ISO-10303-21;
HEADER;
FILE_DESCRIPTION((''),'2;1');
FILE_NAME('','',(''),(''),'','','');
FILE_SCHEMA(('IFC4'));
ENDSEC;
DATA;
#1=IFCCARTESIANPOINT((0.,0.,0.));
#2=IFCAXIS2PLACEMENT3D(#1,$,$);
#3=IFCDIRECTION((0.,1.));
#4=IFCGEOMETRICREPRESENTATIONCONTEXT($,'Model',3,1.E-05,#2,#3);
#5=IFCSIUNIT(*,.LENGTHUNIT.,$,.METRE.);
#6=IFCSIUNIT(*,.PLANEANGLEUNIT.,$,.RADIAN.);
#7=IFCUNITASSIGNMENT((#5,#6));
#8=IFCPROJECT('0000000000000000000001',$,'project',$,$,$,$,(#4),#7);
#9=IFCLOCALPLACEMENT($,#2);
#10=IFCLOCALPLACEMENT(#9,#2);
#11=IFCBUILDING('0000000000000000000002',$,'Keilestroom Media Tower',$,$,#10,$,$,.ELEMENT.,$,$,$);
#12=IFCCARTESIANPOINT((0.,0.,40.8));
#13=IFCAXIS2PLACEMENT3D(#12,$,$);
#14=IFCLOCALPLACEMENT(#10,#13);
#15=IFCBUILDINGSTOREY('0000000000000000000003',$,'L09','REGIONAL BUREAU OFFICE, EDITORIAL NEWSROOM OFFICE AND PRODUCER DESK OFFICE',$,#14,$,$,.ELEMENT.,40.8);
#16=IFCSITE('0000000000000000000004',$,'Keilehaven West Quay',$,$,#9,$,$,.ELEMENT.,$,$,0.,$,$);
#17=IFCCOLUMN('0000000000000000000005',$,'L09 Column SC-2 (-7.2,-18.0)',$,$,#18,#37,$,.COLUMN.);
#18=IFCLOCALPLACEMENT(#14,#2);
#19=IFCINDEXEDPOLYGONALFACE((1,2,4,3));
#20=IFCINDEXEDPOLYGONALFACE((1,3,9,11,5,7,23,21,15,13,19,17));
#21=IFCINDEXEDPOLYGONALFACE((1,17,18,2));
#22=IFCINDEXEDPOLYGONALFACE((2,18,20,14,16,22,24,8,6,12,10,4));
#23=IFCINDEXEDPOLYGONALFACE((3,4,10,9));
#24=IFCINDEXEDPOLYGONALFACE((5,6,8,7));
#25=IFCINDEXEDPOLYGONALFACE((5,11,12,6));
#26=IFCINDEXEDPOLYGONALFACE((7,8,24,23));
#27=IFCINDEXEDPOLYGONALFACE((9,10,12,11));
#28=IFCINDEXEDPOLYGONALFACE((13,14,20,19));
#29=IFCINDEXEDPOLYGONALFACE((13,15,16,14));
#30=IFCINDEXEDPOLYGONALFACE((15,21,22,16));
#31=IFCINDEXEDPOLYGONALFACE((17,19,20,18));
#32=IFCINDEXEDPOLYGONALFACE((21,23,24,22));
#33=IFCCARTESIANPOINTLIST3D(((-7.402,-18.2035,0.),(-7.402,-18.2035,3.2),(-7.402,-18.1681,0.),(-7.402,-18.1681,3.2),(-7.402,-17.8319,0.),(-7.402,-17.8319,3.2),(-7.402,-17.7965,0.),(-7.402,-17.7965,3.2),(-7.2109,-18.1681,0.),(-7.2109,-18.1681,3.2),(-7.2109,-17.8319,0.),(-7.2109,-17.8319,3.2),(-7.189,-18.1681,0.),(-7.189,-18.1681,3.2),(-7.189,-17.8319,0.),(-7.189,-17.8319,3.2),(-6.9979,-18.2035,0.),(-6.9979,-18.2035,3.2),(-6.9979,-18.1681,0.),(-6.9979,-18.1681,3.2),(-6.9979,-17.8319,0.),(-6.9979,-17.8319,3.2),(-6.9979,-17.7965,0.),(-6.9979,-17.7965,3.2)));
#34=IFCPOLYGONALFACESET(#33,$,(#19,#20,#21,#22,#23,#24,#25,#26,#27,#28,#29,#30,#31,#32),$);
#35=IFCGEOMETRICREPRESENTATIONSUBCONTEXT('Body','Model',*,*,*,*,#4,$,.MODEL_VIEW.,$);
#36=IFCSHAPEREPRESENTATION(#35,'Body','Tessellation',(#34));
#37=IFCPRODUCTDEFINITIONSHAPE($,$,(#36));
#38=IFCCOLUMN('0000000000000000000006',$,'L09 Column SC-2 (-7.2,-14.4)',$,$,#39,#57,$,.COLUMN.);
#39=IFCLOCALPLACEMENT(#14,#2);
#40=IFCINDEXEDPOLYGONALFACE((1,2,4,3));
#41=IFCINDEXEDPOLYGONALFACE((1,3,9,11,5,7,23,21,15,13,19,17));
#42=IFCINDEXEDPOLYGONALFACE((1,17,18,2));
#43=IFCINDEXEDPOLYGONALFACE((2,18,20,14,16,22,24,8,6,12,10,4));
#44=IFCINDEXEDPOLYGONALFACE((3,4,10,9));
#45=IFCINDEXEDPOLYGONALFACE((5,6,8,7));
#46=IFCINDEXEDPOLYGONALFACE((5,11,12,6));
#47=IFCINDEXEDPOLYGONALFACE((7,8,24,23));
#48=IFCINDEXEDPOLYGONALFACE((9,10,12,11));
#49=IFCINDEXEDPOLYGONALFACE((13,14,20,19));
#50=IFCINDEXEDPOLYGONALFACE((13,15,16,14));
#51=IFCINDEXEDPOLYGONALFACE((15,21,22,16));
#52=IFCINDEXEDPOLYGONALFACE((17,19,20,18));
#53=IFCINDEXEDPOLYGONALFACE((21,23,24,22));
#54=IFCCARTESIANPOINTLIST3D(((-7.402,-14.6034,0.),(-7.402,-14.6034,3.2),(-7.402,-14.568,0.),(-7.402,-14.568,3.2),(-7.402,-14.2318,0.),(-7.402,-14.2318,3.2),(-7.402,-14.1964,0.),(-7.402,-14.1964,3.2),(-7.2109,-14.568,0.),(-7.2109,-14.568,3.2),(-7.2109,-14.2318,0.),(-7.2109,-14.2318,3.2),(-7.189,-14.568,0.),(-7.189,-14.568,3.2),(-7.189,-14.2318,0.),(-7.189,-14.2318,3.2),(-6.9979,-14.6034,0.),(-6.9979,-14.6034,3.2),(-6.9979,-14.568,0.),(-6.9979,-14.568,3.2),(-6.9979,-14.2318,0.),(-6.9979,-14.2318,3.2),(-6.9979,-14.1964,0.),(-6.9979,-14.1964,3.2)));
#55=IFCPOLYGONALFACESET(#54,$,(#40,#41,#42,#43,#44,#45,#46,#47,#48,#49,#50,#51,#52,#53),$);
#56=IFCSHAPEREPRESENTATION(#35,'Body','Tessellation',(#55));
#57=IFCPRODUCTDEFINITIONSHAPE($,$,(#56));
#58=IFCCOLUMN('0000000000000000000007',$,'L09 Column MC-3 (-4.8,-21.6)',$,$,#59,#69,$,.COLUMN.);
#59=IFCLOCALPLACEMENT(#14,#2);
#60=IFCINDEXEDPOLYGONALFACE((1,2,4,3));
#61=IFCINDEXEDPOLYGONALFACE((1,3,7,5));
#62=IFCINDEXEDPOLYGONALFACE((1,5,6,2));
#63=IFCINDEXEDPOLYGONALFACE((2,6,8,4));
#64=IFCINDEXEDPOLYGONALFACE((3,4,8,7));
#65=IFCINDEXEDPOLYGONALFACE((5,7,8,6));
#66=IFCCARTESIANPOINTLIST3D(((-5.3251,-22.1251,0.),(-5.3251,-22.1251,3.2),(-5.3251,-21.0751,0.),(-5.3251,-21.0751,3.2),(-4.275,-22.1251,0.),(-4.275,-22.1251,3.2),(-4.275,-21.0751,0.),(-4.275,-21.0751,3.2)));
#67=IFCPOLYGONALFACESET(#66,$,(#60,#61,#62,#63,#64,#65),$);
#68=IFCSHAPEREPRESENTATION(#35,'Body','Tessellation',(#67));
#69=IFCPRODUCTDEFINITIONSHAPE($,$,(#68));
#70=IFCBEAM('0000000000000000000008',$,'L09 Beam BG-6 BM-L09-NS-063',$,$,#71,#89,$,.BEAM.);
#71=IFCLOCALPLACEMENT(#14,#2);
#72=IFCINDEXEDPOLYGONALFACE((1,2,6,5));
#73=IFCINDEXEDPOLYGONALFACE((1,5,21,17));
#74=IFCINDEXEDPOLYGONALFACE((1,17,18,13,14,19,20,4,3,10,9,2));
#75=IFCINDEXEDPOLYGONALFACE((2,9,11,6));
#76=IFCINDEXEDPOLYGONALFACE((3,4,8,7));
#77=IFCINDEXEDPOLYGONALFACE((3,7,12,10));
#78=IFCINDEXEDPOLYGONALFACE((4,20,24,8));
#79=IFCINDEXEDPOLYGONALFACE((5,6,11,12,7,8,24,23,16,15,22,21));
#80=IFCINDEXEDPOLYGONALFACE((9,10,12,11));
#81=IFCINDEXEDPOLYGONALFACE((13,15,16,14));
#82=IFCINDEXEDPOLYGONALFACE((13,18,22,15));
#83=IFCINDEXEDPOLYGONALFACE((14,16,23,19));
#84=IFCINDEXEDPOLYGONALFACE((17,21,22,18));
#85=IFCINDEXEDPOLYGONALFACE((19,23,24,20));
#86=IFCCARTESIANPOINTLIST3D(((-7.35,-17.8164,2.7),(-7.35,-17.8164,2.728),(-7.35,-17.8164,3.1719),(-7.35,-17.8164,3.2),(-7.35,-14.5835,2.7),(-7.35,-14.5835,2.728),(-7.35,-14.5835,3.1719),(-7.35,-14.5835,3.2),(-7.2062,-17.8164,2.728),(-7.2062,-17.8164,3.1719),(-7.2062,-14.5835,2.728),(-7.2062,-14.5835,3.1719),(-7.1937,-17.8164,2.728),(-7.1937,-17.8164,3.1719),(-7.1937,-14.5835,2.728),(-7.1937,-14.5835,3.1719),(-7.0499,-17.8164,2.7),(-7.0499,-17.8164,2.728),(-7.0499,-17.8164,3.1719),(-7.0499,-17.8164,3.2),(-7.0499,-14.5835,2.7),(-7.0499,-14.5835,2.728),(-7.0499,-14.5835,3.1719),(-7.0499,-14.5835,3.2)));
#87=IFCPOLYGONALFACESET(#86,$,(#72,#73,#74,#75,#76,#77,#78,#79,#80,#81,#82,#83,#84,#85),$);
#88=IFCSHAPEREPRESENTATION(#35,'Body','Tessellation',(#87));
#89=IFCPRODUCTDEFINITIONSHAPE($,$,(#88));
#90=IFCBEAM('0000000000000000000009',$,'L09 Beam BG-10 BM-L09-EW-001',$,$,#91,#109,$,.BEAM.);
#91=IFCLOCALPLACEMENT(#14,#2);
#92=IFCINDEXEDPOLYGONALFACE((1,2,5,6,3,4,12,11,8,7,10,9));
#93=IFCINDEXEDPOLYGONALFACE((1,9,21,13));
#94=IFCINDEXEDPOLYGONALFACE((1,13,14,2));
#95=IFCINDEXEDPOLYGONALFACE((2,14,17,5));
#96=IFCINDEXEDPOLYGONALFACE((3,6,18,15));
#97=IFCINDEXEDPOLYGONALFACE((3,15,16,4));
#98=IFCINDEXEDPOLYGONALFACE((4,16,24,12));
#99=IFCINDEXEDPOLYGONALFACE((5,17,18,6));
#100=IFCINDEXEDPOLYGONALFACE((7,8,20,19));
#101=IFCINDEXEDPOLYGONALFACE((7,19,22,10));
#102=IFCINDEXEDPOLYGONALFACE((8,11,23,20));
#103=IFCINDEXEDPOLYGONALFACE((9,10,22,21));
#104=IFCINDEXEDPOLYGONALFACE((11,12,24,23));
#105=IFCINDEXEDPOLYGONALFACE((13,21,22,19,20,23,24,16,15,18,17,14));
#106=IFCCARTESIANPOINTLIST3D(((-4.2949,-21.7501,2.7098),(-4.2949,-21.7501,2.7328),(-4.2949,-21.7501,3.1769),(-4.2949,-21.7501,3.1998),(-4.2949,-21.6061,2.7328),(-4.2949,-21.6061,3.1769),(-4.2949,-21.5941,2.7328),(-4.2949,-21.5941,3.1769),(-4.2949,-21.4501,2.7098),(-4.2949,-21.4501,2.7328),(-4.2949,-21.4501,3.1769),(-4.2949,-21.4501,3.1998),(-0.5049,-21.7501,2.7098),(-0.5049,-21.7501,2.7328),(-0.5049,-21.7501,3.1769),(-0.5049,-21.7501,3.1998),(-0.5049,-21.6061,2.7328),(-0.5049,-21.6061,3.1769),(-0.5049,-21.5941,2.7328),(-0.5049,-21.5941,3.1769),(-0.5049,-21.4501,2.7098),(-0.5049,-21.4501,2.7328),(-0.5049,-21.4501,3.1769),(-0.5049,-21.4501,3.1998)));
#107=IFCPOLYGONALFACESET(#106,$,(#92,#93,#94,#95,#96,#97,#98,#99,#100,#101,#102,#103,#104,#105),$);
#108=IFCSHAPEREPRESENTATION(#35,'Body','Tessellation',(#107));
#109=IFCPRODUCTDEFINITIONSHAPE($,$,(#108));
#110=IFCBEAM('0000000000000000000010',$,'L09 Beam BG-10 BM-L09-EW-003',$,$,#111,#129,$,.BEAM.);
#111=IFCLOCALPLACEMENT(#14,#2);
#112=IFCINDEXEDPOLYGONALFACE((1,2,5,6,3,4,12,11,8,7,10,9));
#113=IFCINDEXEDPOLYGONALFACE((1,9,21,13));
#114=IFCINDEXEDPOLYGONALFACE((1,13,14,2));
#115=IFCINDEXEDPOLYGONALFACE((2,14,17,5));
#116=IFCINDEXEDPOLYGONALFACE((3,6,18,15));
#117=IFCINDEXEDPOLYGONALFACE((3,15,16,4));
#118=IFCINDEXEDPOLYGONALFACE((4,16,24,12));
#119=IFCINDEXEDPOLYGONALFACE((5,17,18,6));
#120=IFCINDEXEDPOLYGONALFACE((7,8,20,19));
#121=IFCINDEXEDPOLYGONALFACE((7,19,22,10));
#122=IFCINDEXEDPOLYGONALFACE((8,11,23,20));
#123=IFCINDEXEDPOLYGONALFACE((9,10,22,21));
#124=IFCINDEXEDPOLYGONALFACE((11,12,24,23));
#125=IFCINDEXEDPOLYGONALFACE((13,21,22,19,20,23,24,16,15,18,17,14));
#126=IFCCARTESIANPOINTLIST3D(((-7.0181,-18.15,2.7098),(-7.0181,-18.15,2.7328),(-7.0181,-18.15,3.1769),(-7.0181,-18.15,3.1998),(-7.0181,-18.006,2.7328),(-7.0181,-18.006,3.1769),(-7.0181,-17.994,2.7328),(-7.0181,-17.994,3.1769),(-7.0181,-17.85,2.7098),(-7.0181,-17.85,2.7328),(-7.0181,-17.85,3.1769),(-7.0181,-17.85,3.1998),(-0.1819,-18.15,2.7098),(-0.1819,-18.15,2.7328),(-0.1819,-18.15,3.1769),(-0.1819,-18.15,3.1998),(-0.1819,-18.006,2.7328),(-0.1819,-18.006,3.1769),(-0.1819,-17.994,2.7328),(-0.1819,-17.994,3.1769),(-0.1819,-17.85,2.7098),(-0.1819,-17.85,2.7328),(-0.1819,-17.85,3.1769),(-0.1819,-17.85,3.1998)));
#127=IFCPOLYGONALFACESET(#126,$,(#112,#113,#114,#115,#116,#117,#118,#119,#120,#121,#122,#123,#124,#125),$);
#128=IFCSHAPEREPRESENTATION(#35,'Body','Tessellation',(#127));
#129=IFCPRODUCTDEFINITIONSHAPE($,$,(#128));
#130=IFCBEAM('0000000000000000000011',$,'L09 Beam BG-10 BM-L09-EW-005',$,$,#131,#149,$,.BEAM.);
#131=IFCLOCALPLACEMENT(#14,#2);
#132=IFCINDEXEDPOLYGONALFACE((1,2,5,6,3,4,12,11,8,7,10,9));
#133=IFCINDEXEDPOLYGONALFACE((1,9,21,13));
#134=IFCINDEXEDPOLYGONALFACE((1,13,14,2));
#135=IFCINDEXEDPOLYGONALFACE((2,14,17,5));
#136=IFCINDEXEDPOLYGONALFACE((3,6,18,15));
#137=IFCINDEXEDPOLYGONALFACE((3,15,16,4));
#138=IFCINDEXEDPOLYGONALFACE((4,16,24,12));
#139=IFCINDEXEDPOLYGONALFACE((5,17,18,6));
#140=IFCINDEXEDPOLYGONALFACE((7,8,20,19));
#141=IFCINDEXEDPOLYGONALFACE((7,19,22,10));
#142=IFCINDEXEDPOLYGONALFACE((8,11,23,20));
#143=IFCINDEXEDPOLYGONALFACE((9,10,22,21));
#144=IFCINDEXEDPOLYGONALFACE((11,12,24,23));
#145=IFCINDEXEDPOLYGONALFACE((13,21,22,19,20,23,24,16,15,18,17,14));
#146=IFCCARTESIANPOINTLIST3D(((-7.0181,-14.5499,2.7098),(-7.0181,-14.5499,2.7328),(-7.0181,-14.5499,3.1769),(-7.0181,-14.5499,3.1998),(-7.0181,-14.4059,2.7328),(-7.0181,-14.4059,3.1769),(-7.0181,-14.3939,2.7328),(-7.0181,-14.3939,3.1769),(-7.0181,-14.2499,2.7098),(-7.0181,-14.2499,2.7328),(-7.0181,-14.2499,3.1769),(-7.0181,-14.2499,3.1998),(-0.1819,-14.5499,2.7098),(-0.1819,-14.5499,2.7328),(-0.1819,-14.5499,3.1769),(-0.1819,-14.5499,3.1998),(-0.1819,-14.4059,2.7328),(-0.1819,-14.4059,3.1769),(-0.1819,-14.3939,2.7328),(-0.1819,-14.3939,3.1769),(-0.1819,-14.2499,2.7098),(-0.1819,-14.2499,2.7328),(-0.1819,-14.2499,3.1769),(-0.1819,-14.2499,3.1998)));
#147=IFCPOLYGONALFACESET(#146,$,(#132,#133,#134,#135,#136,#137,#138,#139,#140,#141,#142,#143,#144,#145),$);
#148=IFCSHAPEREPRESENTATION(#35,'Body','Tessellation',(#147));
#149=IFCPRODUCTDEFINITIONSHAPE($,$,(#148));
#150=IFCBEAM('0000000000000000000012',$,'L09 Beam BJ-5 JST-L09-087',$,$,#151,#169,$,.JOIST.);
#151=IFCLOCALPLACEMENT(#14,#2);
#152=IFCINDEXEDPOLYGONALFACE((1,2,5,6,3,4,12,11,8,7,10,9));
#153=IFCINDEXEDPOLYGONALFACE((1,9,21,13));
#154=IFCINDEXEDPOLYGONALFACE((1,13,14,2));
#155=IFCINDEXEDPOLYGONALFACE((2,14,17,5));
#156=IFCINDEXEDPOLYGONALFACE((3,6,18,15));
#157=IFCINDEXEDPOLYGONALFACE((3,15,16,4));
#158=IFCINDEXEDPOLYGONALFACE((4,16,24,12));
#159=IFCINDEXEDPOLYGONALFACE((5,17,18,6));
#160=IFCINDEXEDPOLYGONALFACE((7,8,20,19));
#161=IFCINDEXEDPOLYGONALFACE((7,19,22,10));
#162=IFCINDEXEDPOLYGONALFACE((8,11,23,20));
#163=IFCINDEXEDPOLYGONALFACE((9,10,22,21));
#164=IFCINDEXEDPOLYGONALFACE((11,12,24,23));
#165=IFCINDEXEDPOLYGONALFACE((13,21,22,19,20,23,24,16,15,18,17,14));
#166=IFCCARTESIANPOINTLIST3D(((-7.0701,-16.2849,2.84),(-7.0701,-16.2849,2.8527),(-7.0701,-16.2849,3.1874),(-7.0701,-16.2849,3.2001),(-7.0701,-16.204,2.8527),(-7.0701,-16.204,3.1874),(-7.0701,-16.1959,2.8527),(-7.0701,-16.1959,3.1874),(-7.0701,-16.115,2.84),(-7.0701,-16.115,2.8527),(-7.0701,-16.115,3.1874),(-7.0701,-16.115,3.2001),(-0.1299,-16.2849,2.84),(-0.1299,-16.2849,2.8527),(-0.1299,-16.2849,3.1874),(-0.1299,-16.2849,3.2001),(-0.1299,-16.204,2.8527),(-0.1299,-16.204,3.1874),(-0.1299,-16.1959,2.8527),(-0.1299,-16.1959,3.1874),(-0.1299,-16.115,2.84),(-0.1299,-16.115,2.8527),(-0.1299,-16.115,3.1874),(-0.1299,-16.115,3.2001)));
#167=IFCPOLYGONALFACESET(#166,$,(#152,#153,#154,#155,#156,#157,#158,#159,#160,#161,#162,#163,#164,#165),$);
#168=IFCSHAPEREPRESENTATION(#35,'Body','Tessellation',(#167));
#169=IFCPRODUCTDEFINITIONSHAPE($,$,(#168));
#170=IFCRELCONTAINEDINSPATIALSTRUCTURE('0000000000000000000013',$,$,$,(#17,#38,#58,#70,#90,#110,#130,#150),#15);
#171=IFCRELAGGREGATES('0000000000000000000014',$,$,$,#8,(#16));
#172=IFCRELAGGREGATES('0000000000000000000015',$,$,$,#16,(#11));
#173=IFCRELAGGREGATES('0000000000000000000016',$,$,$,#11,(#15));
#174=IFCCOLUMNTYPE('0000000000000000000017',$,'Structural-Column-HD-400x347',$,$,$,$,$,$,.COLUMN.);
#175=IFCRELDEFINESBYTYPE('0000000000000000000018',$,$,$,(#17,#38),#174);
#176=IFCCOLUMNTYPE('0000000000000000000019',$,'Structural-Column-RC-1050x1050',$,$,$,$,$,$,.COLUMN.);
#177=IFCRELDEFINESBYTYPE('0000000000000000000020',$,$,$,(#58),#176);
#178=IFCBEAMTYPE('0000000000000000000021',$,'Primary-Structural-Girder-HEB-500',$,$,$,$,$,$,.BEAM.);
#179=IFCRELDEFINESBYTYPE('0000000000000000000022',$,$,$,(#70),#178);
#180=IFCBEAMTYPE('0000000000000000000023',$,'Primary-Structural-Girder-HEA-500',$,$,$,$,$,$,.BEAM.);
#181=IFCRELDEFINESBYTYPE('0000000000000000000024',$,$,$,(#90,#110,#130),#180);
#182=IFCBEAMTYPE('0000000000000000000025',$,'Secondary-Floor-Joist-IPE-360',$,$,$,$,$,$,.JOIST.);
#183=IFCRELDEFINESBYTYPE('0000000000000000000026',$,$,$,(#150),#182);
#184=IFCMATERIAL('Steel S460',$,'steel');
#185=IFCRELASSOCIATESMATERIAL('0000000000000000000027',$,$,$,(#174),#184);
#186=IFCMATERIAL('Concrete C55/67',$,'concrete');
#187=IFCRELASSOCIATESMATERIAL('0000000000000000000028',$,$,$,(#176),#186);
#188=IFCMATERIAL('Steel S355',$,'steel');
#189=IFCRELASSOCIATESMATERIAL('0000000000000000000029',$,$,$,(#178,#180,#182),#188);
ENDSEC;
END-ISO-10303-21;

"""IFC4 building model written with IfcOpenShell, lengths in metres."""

from ifc_helpers import new_model, si_unit, direction, frame, origin, origin_2d, place, context, subcontext, project, spatial, rectangle, i_section, extrude, source, transform, mapped, material, material_profile, profile_set, type_object, element, save


model = new_model("IFC4")

# Units and contexts
model_context = context("Model", 3, precision=1e-05, world=origin(), true_north=direction((0.0, 1.0)))
body_context = subcontext(model_context, "Body", "Model", "MODEL_VIEW")
ifc_project = project(units=[si_unit("LENGTHUNIT", "METRE"), si_unit("PLANEANGLEUNIT", "RADIAN")], contexts=[model_context])

# Site, building, storey
site_placement = place(None, origin())
site = spatial("IfcSite", under=ifc_project, at=site_placement, Name="Keilehaven West Quay", CompositionType="ELEMENT", RefElevation=0.0)
building_placement = place(site_placement, origin())
building = spatial("IfcBuilding", under=site, at=building_placement, Name="Keilestroom Media Tower", CompositionType="ELEMENT")
storey_placement = place(building_placement, frame((0.0, 0.0, 40.8)))
storey = spatial("IfcBuildingStorey", under=building, at=storey_placement, Name="L09", Description="REGIONAL BUREAU OFFICE, EDITORIAL NEWSROOM OFFICE AND PRODUCER DESK OFFICE", CompositionType="ELEMENT", Elevation=40.8)

# Columns
ifc_material_1 = material(Name="Steel S460", Category="steel")
ifc_material_profile_1 = material_profile(ifc_material_1, i_section(OverallWidth=0.4041, OverallDepth=0.407, WebThickness=0.022, FlangeThickness=0.0354, at=origin_2d()), Name="HD 400x347")
ifc_profile_set_1 = profile_set([ifc_material_profile_1], Name="Steel S460")
column_type_1 = type_object("IfcColumnType", Name="Structural-Column-HD-400x347", PredefinedType="COLUMN", material=ifc_profile_set_1)
shared_shape_1 = source(origin(), body_context, "Body", "SweptSolid", [
    extrude(i_section(OverallWidth=0.4041, OverallDepth=0.407, WebThickness=0.022, FlangeThickness=0.0354, at=origin_2d()), origin(), (0.0, 0.0, 1.0), 3.2),
])
for number, where, z_axis, x_axis, name in (
    (1, (-7.2, -18.0, 0.0), (0.0, 0.0, 1.0), (1.0, 0.0, 0.0), "L09 Column SC-2 (-7.2,-18.0)"),
    (2, (-7.2, -14.3999, 0.0), (0.0, 0.0, 1.0), (1.0, 0.0, 0.0), "L09 Column SC-2 (-7.2,-14.4)"),
):
    element("IfcColumn", number, at=place(storey_placement, frame(where, z_axis=z_axis, x_axis=x_axis)), inside=storey, type_object=column_type_1, Name=name, PredefinedType="COLUMN", context=body_context, shape_type="MappedRepresentation", body=[
        mapped(shared_shape_1, transform((0.0, 0.0, 0.0), x_axis=(1.0, 0.0, 0.0), y_axis=(0.0, 1.0, 0.0), z_axis=(0.0, 0.0, 1.0), scale=1.0)),
    ])
ifc_material_2 = material(Name="Concrete C55/67", Category="concrete")
ifc_material_profile_2 = material_profile(ifc_material_2, rectangle(XDim=1.05, YDim=1.05, at=origin_2d()), Name="RC 1050x1050")
ifc_profile_set_2 = profile_set([ifc_material_profile_2], Name="Concrete C55/67")
column_type_2 = type_object("IfcColumnType", Name="Structural-Column-RC-1050x1050", PredefinedType="COLUMN", material=ifc_profile_set_2)
shared_shape_2 = source(origin(), body_context, "Body", "SweptSolid", [
    extrude(rectangle(XDim=1.05, YDim=1.05, at=origin_2d()), origin(), (0.0, 0.0, 1.0), 3.2),
])
column_placement = place(storey_placement, frame((-4.8, -21.6001, 0.0), z_axis=(0.0, 0.0, 1.0), x_axis=(1.0, 0.0, 0.0)))
element("IfcColumn", 3, at=column_placement, inside=storey, type_object=column_type_2, Name="L09 Column MC-3 (-4.8,-21.6)", PredefinedType="COLUMN", context=body_context, shape_type="MappedRepresentation", body=[
    mapped(shared_shape_2, transform((0.0, 0.0, 0.0), x_axis=(1.0, 0.0, 0.0), y_axis=(0.0, 1.0, 0.0), z_axis=(0.0, 0.0, 1.0), scale=1.0)),
])

# Beams
ifc_material_3 = material(Name="Steel S355", Category="steel")
ifc_material_profile_3 = material_profile(ifc_material_3, i_section(OverallWidth=0.3, OverallDepth=0.5, WebThickness=0.0125, FlangeThickness=0.0281, at=origin_2d()), Name="HEB 500")
ifc_profile_set_3 = profile_set([ifc_material_profile_3], Name="Steel S355")
beam_type_1 = type_object("IfcBeamType", Name="Primary-Structural-Girder-HEB-500", PredefinedType="BEAM", material=ifc_profile_set_3)
shared_shape_3 = source(origin(), body_context, "Body", "SweptSolid", [
    extrude(i_section(OverallWidth=0.3, OverallDepth=0.5, WebThickness=0.0125, FlangeThickness=0.0281, at=origin_2d()), origin(), (0.0, 0.0, 1.0), 3.2329),
])
beam_1_placement = place(storey_placement, frame((-7.2, -17.8164, 2.95), z_axis=(0.0, 1.0, 0.0), x_axis=(-1.0, 0.0, 0.0)))
element("IfcBeam", 4, at=beam_1_placement, inside=storey, type_object=beam_type_1, Name="L09 Beam BG-6 BM-L09-NS-063", PredefinedType="BEAM", context=body_context, shape_type="MappedRepresentation", body=[
    mapped(shared_shape_3, transform((0.0, 0.0, 0.0), x_axis=(1.0, 0.0, 0.0), y_axis=(0.0, 1.0, 0.0), z_axis=(0.0, 0.0, 1.0), scale=1.0)),
])
ifc_material_profile_4 = material_profile(ifc_material_3, i_section(OverallWidth=0.3, OverallDepth=0.49, WebThickness=0.012, FlangeThickness=0.0229, at=origin_2d()), Name="HEA 500")
ifc_profile_set_4 = profile_set([ifc_material_profile_4], Name="Steel S355")
beam_type_2 = type_object("IfcBeamType", Name="Primary-Structural-Girder-HEA-500", PredefinedType="BEAM", material=ifc_profile_set_4)
shared_shape_4 = source(origin(), body_context, "Body", "SweptSolid", [
    extrude(i_section(OverallWidth=0.3, OverallDepth=0.49, WebThickness=0.012, FlangeThickness=0.0229, at=origin_2d()), origin(), (0.0, 0.0, 1.0), 3.79),
])
beam_2_placement = place(storey_placement, frame((-4.2949, -21.6001, 2.9548), z_axis=(1.0, 0.0, 0.0), x_axis=(0.0, 1.0, 0.0)))
element("IfcBeam", 5, at=beam_2_placement, inside=storey, type_object=beam_type_2, Name="L09 Beam BG-10 BM-L09-EW-001", PredefinedType="BEAM", context=body_context, shape_type="MappedRepresentation", body=[
    mapped(shared_shape_4, transform((0.0, 0.0, 0.0), x_axis=(1.0, 0.0, 0.0), y_axis=(0.0, 1.0, 0.0), z_axis=(0.0, 0.0, 1.0), scale=1.0)),
])
shared_shape_5 = source(origin(), body_context, "Body", "SweptSolid", [
    extrude(i_section(OverallWidth=0.3, OverallDepth=0.49, WebThickness=0.012, FlangeThickness=0.0229, at=origin_2d()), origin(), (0.0, 0.0, 1.0), 6.8362),
])
for number, where, z_axis, x_axis, name in (
    (6, (-7.0181, -18.0, 2.9548), (1.0, 0.0, 0.0), (0.0, 1.0, 0.0), "L09 Beam BG-10 BM-L09-EW-003"),
    (7, (-7.0181, -14.3999, 2.9548), (1.0, 0.0, 0.0), (0.0, 1.0, 0.0), "L09 Beam BG-10 BM-L09-EW-005"),
):
    element("IfcBeam", number, at=place(storey_placement, frame(where, z_axis=z_axis, x_axis=x_axis)), inside=storey, type_object=beam_type_2, Name=name, PredefinedType="BEAM", context=body_context, shape_type="MappedRepresentation", body=[
        mapped(shared_shape_5, transform((0.0, 0.0, 0.0), x_axis=(1.0, 0.0, 0.0), y_axis=(0.0, 1.0, 0.0), z_axis=(0.0, 0.0, 1.0), scale=1.0)),
    ])
ifc_material_profile_5 = material_profile(ifc_material_3, i_section(OverallWidth=0.1699, OverallDepth=0.3601, WebThickness=0.0081, FlangeThickness=0.0127, at=origin_2d()), Name="IPE 360")
ifc_profile_set_5 = profile_set([ifc_material_profile_5], Name="Steel S355")
beam_type_3 = type_object("IfcBeamType", Name="Secondary-Floor-Joist-IPE-360", PredefinedType="JOIST", material=ifc_profile_set_5)
shared_shape_6 = source(origin(), body_context, "Body", "SweptSolid", [
    extrude(i_section(OverallWidth=0.1699, OverallDepth=0.3601, WebThickness=0.0081, FlangeThickness=0.0127, at=origin_2d()), origin(), (0.0, 0.0, 1.0), 6.9402),
])
beam_3_placement = place(storey_placement, frame((-7.0701, -16.2, 3.02), z_axis=(1.0, 0.0, 0.0), x_axis=(0.0, 1.0, 0.0)))
element("IfcBeam", 8, at=beam_3_placement, inside=storey, type_object=beam_type_3, Name="L09 Beam BJ-5 JST-L09-087", PredefinedType="JOIST", context=body_context, shape_type="MappedRepresentation", body=[
    mapped(shared_shape_6, transform((0.0, 0.0, 0.0), x_axis=(1.0, 0.0, 0.0), y_axis=(0.0, 1.0, 0.0), z_axis=(0.0, 0.0, 1.0), scale=1.0)),
])

save(model, "model.ifc")
